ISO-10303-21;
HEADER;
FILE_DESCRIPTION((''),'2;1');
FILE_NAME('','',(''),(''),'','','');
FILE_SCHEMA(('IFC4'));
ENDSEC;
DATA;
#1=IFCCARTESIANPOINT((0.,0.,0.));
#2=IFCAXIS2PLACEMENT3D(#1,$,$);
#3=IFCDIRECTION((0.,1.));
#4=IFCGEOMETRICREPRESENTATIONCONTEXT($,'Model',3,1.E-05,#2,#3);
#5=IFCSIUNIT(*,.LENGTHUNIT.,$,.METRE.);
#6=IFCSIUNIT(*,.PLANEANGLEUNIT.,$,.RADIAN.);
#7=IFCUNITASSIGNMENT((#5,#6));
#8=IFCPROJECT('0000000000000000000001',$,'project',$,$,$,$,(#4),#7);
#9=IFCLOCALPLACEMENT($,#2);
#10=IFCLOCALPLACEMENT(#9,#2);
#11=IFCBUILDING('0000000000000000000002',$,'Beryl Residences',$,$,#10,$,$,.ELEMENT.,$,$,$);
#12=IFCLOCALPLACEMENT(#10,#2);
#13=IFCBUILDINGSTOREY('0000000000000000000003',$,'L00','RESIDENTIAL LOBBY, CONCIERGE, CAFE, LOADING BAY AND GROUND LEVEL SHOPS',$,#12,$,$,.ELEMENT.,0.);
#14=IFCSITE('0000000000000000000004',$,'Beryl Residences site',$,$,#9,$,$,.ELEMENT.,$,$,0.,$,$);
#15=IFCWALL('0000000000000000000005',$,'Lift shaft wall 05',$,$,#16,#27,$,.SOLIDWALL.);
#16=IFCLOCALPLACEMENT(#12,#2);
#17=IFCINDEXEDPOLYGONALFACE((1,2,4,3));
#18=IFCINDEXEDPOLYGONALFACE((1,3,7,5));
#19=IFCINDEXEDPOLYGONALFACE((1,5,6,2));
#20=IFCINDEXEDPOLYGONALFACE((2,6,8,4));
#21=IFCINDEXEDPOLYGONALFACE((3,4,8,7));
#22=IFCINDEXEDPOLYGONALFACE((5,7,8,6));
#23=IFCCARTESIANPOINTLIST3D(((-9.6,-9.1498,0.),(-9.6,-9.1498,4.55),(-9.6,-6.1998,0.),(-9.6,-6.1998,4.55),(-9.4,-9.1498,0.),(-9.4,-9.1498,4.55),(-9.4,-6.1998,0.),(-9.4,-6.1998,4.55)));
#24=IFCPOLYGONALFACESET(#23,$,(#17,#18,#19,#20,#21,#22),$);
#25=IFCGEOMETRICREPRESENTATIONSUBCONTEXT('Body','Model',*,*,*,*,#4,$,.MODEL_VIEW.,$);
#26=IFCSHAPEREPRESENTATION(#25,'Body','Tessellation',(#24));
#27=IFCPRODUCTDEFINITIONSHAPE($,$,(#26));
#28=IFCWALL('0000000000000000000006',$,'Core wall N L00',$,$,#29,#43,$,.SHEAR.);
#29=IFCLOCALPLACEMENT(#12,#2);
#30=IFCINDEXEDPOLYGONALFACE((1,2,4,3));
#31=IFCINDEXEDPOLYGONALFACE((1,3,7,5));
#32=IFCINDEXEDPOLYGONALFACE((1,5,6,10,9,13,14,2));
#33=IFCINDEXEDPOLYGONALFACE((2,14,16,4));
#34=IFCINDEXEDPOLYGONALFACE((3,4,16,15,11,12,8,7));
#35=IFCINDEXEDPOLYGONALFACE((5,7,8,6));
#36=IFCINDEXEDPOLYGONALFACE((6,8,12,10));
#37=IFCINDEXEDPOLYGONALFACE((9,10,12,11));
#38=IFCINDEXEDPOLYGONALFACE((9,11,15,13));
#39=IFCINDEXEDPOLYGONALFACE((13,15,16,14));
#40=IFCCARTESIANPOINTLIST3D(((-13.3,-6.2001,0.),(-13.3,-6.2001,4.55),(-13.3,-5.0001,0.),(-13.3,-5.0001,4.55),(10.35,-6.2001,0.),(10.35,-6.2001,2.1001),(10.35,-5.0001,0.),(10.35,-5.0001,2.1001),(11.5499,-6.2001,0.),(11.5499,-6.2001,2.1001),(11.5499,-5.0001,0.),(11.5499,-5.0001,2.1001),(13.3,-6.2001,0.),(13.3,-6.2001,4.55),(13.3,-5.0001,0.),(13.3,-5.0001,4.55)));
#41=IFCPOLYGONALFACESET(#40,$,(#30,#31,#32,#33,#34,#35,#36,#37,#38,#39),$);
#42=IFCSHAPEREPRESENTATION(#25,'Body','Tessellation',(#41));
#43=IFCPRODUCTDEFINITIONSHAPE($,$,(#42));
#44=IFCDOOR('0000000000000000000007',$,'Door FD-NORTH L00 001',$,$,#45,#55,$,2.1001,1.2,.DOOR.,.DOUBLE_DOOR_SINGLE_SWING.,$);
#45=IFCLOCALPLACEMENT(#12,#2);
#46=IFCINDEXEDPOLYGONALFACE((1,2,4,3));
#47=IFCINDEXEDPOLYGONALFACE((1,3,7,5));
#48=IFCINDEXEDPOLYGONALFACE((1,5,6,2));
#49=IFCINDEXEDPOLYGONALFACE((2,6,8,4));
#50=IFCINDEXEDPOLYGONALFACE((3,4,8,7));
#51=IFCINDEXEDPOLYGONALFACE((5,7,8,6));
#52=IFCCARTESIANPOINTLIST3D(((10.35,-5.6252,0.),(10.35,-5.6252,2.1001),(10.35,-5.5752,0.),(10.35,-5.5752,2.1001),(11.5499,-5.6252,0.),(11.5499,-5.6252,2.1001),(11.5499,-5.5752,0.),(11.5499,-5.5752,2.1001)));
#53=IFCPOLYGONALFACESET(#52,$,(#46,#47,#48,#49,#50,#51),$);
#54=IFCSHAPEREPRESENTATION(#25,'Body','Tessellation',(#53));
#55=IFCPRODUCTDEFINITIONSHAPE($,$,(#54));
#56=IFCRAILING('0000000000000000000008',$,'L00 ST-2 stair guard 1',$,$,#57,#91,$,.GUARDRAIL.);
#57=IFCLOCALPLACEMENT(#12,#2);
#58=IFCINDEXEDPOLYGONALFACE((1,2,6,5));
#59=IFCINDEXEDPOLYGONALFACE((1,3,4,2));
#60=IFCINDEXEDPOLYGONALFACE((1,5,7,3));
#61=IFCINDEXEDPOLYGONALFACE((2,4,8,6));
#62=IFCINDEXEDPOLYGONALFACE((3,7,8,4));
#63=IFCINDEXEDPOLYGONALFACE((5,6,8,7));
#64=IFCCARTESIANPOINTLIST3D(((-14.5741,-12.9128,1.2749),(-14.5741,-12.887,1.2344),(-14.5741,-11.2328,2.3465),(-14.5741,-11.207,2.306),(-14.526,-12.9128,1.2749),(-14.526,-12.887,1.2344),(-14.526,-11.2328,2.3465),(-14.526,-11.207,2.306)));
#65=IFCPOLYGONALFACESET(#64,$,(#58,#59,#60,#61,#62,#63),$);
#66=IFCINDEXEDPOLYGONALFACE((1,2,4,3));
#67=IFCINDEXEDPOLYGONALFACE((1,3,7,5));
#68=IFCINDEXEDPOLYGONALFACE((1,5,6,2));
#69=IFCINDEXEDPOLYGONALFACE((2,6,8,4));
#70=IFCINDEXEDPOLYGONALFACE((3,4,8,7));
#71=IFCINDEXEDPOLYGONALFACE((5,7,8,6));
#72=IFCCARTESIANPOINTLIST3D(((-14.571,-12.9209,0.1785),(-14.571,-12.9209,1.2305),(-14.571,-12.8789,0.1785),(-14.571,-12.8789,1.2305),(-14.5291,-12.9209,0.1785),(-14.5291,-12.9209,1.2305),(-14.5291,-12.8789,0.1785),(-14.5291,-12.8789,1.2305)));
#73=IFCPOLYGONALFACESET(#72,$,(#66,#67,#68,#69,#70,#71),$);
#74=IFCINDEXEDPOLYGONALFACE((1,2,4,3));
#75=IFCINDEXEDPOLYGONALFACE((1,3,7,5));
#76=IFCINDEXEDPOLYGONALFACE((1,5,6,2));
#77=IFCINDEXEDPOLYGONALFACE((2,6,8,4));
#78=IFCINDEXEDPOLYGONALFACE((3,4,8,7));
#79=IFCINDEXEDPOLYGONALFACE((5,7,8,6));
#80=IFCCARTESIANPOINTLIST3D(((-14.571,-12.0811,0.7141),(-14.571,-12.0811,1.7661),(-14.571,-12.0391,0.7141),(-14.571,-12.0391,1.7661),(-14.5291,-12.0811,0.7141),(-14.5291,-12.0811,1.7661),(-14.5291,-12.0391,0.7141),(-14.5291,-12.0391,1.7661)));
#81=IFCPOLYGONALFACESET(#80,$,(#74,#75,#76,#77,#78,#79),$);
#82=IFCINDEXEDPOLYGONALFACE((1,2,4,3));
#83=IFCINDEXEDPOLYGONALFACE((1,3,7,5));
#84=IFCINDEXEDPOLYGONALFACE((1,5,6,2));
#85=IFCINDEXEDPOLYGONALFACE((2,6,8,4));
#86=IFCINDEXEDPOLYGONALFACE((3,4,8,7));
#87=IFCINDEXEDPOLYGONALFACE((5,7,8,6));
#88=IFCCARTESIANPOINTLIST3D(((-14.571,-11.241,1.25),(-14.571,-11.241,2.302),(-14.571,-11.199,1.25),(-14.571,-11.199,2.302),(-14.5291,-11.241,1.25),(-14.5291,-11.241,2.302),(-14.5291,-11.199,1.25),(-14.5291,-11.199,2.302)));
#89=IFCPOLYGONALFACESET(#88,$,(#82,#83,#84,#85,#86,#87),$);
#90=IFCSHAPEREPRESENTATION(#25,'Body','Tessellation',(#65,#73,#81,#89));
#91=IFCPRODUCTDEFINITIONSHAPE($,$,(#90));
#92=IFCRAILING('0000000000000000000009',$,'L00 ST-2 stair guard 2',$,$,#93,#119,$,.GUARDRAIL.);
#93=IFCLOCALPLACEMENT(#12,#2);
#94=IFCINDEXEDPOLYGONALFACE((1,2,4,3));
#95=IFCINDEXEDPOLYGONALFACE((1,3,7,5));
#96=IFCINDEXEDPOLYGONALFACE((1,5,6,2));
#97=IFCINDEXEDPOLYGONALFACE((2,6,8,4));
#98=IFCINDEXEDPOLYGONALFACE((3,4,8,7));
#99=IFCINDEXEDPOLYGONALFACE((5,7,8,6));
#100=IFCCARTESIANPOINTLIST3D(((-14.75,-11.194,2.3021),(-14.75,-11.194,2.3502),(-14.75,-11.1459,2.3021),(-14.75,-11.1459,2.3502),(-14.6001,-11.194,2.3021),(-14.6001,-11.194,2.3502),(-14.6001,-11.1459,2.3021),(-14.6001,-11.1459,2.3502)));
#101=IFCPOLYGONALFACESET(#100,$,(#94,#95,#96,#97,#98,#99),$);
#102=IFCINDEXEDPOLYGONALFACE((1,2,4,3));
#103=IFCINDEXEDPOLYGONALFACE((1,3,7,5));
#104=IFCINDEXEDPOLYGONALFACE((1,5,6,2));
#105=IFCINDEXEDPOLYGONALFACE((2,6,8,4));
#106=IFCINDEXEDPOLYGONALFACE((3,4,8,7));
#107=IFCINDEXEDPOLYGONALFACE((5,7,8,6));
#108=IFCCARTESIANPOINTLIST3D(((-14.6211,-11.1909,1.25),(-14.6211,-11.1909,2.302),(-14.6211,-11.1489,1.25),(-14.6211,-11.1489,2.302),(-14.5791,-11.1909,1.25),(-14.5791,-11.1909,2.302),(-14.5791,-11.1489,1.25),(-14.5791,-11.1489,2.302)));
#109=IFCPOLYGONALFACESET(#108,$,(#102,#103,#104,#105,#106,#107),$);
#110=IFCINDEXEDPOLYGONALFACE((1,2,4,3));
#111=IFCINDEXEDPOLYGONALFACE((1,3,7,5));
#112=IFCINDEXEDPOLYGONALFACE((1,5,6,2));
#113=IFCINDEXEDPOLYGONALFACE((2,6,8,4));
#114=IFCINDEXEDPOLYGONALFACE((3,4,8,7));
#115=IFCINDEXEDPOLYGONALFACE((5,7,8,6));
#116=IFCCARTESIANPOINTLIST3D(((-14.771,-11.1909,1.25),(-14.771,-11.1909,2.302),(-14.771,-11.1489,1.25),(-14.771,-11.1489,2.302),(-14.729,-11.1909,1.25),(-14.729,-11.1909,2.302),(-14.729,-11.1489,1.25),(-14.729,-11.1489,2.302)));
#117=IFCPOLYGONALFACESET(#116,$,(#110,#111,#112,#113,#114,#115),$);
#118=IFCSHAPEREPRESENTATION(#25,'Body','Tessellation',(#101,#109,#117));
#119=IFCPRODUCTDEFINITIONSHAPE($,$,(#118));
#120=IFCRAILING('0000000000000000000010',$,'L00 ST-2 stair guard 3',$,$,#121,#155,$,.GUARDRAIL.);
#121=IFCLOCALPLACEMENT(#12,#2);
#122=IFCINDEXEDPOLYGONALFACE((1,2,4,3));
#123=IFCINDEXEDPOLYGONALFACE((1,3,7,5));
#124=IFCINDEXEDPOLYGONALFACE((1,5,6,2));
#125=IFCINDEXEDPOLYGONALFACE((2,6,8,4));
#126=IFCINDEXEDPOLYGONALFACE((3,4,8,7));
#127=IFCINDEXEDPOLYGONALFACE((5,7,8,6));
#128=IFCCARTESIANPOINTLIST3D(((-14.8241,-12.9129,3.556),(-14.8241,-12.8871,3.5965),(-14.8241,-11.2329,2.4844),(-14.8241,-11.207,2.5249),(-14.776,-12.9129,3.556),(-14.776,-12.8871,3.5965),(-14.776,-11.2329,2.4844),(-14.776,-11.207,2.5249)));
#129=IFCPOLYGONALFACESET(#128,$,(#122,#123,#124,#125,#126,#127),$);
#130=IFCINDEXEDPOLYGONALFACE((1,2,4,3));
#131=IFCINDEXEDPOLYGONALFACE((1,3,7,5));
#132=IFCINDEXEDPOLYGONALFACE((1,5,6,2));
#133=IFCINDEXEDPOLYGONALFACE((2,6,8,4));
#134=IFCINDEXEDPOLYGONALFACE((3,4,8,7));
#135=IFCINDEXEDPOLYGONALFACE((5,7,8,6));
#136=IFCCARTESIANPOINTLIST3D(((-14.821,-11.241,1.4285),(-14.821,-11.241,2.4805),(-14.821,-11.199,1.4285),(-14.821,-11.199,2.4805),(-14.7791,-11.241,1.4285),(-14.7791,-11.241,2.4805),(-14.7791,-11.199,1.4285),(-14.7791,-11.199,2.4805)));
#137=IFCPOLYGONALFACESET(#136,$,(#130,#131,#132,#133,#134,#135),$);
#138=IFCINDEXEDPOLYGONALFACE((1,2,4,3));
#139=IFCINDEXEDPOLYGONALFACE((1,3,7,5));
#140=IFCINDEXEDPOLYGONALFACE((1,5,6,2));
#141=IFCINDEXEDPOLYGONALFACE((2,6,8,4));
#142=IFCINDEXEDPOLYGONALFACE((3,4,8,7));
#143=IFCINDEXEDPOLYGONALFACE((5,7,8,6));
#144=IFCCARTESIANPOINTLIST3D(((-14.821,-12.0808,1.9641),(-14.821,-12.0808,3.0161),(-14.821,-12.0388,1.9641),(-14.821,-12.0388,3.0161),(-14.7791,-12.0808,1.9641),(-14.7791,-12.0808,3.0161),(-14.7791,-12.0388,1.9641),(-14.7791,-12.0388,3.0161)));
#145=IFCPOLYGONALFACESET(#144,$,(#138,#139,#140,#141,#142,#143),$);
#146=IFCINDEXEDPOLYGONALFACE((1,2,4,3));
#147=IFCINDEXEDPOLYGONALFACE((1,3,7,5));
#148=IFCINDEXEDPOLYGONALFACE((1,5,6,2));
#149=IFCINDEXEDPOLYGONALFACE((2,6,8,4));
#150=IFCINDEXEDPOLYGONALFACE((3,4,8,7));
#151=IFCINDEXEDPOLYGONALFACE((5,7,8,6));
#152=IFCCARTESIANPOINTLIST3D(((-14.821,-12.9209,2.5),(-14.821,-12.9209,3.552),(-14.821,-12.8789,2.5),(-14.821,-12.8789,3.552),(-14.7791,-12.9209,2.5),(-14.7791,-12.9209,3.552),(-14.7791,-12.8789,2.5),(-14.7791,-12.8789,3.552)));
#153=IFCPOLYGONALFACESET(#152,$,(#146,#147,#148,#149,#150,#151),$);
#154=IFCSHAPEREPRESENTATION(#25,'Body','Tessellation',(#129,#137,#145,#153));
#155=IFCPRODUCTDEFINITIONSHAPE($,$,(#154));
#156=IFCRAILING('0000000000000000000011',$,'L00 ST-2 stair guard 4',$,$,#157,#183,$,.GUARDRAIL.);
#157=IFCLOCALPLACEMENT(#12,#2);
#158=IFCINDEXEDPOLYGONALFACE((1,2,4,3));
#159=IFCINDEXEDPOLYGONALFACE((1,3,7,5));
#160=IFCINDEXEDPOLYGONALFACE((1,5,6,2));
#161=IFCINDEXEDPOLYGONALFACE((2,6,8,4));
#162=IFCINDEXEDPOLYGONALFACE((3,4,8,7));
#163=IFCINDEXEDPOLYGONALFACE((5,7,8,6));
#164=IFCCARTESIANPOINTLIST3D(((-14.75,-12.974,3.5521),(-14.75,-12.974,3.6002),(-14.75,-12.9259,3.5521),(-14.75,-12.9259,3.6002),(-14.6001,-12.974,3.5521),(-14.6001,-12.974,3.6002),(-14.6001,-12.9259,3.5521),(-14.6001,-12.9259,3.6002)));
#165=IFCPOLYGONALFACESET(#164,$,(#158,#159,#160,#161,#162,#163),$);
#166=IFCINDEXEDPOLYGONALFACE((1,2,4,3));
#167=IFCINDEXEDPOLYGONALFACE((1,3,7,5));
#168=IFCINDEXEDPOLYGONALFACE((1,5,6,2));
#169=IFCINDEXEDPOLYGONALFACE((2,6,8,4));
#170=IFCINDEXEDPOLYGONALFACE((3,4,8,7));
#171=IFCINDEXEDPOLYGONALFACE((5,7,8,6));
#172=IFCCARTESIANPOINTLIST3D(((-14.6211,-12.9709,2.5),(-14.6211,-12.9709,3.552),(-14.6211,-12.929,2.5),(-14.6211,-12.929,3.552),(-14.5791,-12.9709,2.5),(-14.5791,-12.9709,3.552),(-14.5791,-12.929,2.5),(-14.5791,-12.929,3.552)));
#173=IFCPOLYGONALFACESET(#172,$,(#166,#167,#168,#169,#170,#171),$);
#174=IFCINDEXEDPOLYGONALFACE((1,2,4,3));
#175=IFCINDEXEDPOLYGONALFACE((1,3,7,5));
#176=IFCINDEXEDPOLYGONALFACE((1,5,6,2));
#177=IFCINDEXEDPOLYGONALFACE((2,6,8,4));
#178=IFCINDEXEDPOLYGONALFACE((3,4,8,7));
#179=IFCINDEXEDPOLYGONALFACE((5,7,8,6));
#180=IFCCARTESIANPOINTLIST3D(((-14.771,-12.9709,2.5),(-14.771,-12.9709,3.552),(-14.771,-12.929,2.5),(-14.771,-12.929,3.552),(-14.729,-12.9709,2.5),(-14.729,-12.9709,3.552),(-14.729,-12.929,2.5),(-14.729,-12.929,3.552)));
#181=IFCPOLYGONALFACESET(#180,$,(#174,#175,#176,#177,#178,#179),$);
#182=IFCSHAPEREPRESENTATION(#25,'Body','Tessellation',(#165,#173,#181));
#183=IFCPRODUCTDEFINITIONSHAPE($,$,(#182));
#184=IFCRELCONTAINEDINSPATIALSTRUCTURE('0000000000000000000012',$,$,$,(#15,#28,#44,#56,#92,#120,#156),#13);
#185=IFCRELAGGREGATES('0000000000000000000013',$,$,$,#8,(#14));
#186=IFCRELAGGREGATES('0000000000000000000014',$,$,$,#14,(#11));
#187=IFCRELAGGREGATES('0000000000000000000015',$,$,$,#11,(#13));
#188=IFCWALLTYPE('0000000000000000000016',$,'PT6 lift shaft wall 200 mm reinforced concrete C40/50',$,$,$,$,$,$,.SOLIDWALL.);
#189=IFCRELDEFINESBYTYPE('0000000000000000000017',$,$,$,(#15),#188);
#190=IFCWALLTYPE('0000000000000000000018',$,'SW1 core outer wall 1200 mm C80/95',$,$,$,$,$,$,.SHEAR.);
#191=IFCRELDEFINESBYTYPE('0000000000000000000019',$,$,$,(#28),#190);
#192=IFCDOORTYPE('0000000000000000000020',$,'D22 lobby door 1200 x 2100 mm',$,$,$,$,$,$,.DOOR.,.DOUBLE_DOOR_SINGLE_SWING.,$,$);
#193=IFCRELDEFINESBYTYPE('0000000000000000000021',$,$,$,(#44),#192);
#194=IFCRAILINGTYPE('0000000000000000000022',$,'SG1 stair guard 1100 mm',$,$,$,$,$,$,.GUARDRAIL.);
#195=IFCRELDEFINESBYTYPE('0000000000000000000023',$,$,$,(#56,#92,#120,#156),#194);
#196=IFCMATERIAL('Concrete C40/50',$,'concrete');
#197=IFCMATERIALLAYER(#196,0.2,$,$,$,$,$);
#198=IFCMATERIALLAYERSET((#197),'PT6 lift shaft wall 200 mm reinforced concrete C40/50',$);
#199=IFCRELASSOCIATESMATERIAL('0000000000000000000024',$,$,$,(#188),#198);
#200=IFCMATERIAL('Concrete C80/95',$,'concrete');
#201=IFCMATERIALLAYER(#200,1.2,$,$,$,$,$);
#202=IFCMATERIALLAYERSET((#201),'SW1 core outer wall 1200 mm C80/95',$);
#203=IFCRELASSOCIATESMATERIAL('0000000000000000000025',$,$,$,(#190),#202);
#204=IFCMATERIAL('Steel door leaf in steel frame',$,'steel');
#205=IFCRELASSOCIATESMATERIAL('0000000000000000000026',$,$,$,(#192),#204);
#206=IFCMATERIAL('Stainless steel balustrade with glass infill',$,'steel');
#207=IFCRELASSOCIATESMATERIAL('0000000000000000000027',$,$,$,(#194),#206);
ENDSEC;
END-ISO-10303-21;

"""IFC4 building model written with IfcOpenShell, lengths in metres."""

from ifc_helpers import new_model, si_unit, direction, frame, frame_2d, origin, origin_2d, place, context, subcontext, project, spatial, rectangle, extrude, material, layer, layer_set, type_object, element, fill, save


model = new_model("IFC4")

# Units and contexts
model_context = context("Model", 3, precision=1e-05, world=origin(), true_north=direction((0.0, 1.0)))
body_context = subcontext(model_context, "Body", "Model", "MODEL_VIEW")
ifc_project = project(units=[si_unit("LENGTHUNIT", "METRE"), si_unit("PLANEANGLEUNIT", "RADIAN")], contexts=[model_context])

# Site, building, storey
site_placement = place(None, origin())
site = spatial("IfcSite", under=ifc_project, at=site_placement, Name="Beryl Residences site", CompositionType="ELEMENT", RefElevation=0.0)
building_placement = place(site_placement, origin())
building = spatial("IfcBuilding", under=site, at=building_placement, Name="Beryl Residences", CompositionType="ELEMENT")
storey_placement = place(building_placement, origin())
storey = spatial("IfcBuildingStorey", under=building, at=storey_placement, Name="L00", Description="RESIDENTIAL LOBBY, CONCIERGE, CAFE, LOADING BAY AND GROUND LEVEL SHOPS", CompositionType="ELEMENT", Elevation=0.0)

# Wall
ifc_material_1 = material(Name="Concrete C40/50", Category="concrete")
ifc_layer_1 = layer(ifc_material_1, 0.2)
ifc_layer_set_1 = layer_set([ifc_layer_1], Name="PT6 lift shaft wall 200 mm reinforced concrete C40/50")
wall_type_1 = type_object("IfcWallType", Name="PT6 lift shaft wall 200 mm reinforced concrete C40/50", PredefinedType="SOLIDWALL", material=ifc_layer_set_1)
wall_1_placement = place(storey_placement, frame((-9.5, -9.1499, 0.0), z_axis=(0.0, 0.0, 1.0), x_axis=(0.0, 1.0, 0.0)))
element("IfcWall", 1, at=wall_1_placement, inside=storey, type_object=wall_type_1, Name="Lift shaft wall 05", PredefinedType="SOLIDWALL", context=body_context, shape_type="SweptSolid", body=[
    extrude(rectangle(XDim=2.95, YDim=0.2, at=frame_2d((1.4751, 0.0))), origin(), (0.0, 0.0, 1.0), 4.55),
])

# Wall, opening, door
ifc_material_2 = material(Name="Concrete C80/95", Category="concrete")
ifc_layer_2 = layer(ifc_material_2, 1.2)
ifc_layer_set_2 = layer_set([ifc_layer_2], Name="SW1 core outer wall 1200 mm C80/95")
wall_type_2 = type_object("IfcWallType", Name="SW1 core outer wall 1200 mm C80/95", PredefinedType="SHEAR", material=ifc_layer_set_2)
wall_2_placement = place(storey_placement, frame((-13.3, -5.6001, 0.0), z_axis=(0.0, 0.0, 1.0), x_axis=(1.0, 0.0, 0.0)))
wall_2 = element("IfcWall", 2, at=wall_2_placement, inside=storey, type_object=wall_type_2, Name="Core wall N L00", PredefinedType="SHEAR", context=body_context, shape_type="SweptSolid", body=[
    extrude(rectangle(XDim=26.6001, YDim=1.2, at=frame_2d((13.3, 0.0))), origin(), (0.0, 0.0, 1.0), 4.55),
])
opening_1_placement = place(wall_2_placement, frame((23.6499, 0.0, 0.0)))
opening_1 = element("IfcOpeningElement", 3, at=opening_1_placement, cuts=wall_2, PredefinedType="OPENING", context=body_context, shape_type="SweptSolid", body=[
    extrude(rectangle(XDim=1.2, YDim=2.1001, at=frame_2d((0.6001, 1.05))), frame((0.0, 0.6099, 0.0), z_axis=(0.0, -1.0, 0.0), x_axis=(1.0, 0.0, 0.0)), (0.0, 0.0, 1.0), 1.22),
])
ifc_material_3 = material(Name="Steel door leaf in steel frame", Category="steel")
door_type_1 = type_object("IfcDoorType", Name="D22 lobby door 1200 x 2100 mm", OperationType="DOUBLE_DOOR_SINGLE_SWING", PredefinedType="DOOR", material=ifc_material_3)
door_1_placement = place(opening_1_placement, origin())
door_1 = element("IfcDoor", 4, at=door_1_placement, inside=storey, type_object=door_type_1, Name="Door FD-NORTH L00 001", OperationType="DOUBLE_DOOR_SINGLE_SWING", OverallHeight=2.1001, OverallWidth=1.2, PredefinedType="DOOR", context=body_context, shape_type="SweptSolid", body=[
    extrude(rectangle(XDim=1.2, YDim=2.1001, at=frame_2d((0.6001, 1.05))), frame((0.0, 0.0249, 0.0), z_axis=(0.0, -1.0, 0.0), x_axis=(1.0, 0.0, 0.0)), (0.0, 0.0, 1.0), 0.05),
])
fill(opening_1, door_1)

# Railings
ifc_material_4 = material(Name="Stainless steel balustrade with glass infill", Category="steel")
railing_type_1 = type_object("IfcRailingType", Name="SG1 stair guard 1100 mm", PredefinedType="GUARDRAIL", material=ifc_material_4)
railing_1_placement = place(storey_placement, frame((-14.55, -12.8999, 0.1785)))
element("IfcRailing", 5, at=railing_1_placement, inside=storey, type_object=railing_type_1, Name="L00 ST-2 stair guard 1", PredefinedType="GUARDRAIL", context=body_context, shape_type="SweptSolid", body=[
    extrude(rectangle(XDim=0.0481, YDim=0.0481, at=origin_2d()), frame((0.0, 0.0, 1.0762), z_axis=(0.0, 0.843096, 0.537763), x_axis=(-1.0, 0.0, 0.0)), (0.0, 0.0, 1.0), 1.9927),
    extrude(rectangle(XDim=0.042, YDim=0.042, at=origin_2d()), origin(), (0.0, 0.0, 1.0), 1.052),
    extrude(rectangle(XDim=0.042, YDim=0.042, at=origin_2d()), frame((0.0, 0.8398, 0.5356)), (0.0, 0.0, 1.0), 1.052),
    extrude(rectangle(XDim=0.042, YDim=0.042, at=origin_2d()), frame((0.0, 1.6799, 1.0715)), (0.0, 0.0, 1.0), 1.052),
])
railing_2_placement = place(storey_placement, frame((-14.6001, -11.1699, 1.25)))
element("IfcRailing", 6, at=railing_2_placement, inside=storey, type_object=railing_type_1, Name="L00 ST-2 stair guard 2", PredefinedType="GUARDRAIL", context=body_context, shape_type="SweptSolid", body=[
    extrude(rectangle(XDim=0.0481, YDim=0.0481, at=origin_2d()), frame((0.0, 0.0, 1.0762), z_axis=(-1.0, 0.0, 0.0), x_axis=(0.0, -1.0, 0.0)), (0.0, 0.0, 1.0), 0.1499),
    extrude(rectangle(XDim=0.042, YDim=0.042, at=origin_2d()), origin(), (0.0, 0.0, 1.0), 1.052),
    extrude(rectangle(XDim=0.042, YDim=0.042, at=origin_2d()), frame((-0.1499, 0.0, 0.0)), (0.0, 0.0, 1.0), 1.052),
])
railing_3_placement = place(storey_placement, frame((-14.8, -11.22, 1.4285)))
element("IfcRailing", 7, at=railing_3_placement, inside=storey, type_object=railing_type_1, Name="L00 ST-2 stair guard 3", PredefinedType="GUARDRAIL", context=body_context, shape_type="SweptSolid", body=[
    extrude(rectangle(XDim=0.0481, YDim=0.0481, at=origin_2d()), frame((0.0, 0.0, 1.0762), z_axis=(0.0, -0.843096, 0.537763), x_axis=(1.0, 0.0, 0.0)), (0.0, 0.0, 1.0), 1.9927),
    extrude(rectangle(XDim=0.042, YDim=0.042, at=origin_2d()), origin(), (0.0, 0.0, 1.0), 1.052),
    extrude(rectangle(XDim=0.042, YDim=0.042, at=origin_2d()), frame((0.0, -0.8398, 0.5356)), (0.0, 0.0, 1.0), 1.052),
    extrude(rectangle(XDim=0.042, YDim=0.042, at=origin_2d()), frame((0.0, -1.6799, 1.0715)), (0.0, 0.0, 1.0), 1.052),
])
railing_4_placement = place(storey_placement, frame((-14.6001, -12.95, 2.5)))
element("IfcRailing", 8, at=railing_4_placement, inside=storey, type_object=railing_type_1, Name="L00 ST-2 stair guard 4", PredefinedType="GUARDRAIL", context=body_context, shape_type="SweptSolid", body=[
    extrude(rectangle(XDim=0.0481, YDim=0.0481, at=origin_2d()), frame((0.0, 0.0, 1.0762), z_axis=(-1.0, 0.0, 0.0), x_axis=(0.0, -1.0, 0.0)), (0.0, 0.0, 1.0), 0.1499),
    extrude(rectangle(XDim=0.042, YDim=0.042, at=origin_2d()), origin(), (0.0, 0.0, 1.0), 1.052),
    extrude(rectangle(XDim=0.042, YDim=0.042, at=origin_2d()), frame((-0.1499, 0.0, 0.0)), (0.0, 0.0, 1.0), 1.052),
])

save(model, "model.ifc")
